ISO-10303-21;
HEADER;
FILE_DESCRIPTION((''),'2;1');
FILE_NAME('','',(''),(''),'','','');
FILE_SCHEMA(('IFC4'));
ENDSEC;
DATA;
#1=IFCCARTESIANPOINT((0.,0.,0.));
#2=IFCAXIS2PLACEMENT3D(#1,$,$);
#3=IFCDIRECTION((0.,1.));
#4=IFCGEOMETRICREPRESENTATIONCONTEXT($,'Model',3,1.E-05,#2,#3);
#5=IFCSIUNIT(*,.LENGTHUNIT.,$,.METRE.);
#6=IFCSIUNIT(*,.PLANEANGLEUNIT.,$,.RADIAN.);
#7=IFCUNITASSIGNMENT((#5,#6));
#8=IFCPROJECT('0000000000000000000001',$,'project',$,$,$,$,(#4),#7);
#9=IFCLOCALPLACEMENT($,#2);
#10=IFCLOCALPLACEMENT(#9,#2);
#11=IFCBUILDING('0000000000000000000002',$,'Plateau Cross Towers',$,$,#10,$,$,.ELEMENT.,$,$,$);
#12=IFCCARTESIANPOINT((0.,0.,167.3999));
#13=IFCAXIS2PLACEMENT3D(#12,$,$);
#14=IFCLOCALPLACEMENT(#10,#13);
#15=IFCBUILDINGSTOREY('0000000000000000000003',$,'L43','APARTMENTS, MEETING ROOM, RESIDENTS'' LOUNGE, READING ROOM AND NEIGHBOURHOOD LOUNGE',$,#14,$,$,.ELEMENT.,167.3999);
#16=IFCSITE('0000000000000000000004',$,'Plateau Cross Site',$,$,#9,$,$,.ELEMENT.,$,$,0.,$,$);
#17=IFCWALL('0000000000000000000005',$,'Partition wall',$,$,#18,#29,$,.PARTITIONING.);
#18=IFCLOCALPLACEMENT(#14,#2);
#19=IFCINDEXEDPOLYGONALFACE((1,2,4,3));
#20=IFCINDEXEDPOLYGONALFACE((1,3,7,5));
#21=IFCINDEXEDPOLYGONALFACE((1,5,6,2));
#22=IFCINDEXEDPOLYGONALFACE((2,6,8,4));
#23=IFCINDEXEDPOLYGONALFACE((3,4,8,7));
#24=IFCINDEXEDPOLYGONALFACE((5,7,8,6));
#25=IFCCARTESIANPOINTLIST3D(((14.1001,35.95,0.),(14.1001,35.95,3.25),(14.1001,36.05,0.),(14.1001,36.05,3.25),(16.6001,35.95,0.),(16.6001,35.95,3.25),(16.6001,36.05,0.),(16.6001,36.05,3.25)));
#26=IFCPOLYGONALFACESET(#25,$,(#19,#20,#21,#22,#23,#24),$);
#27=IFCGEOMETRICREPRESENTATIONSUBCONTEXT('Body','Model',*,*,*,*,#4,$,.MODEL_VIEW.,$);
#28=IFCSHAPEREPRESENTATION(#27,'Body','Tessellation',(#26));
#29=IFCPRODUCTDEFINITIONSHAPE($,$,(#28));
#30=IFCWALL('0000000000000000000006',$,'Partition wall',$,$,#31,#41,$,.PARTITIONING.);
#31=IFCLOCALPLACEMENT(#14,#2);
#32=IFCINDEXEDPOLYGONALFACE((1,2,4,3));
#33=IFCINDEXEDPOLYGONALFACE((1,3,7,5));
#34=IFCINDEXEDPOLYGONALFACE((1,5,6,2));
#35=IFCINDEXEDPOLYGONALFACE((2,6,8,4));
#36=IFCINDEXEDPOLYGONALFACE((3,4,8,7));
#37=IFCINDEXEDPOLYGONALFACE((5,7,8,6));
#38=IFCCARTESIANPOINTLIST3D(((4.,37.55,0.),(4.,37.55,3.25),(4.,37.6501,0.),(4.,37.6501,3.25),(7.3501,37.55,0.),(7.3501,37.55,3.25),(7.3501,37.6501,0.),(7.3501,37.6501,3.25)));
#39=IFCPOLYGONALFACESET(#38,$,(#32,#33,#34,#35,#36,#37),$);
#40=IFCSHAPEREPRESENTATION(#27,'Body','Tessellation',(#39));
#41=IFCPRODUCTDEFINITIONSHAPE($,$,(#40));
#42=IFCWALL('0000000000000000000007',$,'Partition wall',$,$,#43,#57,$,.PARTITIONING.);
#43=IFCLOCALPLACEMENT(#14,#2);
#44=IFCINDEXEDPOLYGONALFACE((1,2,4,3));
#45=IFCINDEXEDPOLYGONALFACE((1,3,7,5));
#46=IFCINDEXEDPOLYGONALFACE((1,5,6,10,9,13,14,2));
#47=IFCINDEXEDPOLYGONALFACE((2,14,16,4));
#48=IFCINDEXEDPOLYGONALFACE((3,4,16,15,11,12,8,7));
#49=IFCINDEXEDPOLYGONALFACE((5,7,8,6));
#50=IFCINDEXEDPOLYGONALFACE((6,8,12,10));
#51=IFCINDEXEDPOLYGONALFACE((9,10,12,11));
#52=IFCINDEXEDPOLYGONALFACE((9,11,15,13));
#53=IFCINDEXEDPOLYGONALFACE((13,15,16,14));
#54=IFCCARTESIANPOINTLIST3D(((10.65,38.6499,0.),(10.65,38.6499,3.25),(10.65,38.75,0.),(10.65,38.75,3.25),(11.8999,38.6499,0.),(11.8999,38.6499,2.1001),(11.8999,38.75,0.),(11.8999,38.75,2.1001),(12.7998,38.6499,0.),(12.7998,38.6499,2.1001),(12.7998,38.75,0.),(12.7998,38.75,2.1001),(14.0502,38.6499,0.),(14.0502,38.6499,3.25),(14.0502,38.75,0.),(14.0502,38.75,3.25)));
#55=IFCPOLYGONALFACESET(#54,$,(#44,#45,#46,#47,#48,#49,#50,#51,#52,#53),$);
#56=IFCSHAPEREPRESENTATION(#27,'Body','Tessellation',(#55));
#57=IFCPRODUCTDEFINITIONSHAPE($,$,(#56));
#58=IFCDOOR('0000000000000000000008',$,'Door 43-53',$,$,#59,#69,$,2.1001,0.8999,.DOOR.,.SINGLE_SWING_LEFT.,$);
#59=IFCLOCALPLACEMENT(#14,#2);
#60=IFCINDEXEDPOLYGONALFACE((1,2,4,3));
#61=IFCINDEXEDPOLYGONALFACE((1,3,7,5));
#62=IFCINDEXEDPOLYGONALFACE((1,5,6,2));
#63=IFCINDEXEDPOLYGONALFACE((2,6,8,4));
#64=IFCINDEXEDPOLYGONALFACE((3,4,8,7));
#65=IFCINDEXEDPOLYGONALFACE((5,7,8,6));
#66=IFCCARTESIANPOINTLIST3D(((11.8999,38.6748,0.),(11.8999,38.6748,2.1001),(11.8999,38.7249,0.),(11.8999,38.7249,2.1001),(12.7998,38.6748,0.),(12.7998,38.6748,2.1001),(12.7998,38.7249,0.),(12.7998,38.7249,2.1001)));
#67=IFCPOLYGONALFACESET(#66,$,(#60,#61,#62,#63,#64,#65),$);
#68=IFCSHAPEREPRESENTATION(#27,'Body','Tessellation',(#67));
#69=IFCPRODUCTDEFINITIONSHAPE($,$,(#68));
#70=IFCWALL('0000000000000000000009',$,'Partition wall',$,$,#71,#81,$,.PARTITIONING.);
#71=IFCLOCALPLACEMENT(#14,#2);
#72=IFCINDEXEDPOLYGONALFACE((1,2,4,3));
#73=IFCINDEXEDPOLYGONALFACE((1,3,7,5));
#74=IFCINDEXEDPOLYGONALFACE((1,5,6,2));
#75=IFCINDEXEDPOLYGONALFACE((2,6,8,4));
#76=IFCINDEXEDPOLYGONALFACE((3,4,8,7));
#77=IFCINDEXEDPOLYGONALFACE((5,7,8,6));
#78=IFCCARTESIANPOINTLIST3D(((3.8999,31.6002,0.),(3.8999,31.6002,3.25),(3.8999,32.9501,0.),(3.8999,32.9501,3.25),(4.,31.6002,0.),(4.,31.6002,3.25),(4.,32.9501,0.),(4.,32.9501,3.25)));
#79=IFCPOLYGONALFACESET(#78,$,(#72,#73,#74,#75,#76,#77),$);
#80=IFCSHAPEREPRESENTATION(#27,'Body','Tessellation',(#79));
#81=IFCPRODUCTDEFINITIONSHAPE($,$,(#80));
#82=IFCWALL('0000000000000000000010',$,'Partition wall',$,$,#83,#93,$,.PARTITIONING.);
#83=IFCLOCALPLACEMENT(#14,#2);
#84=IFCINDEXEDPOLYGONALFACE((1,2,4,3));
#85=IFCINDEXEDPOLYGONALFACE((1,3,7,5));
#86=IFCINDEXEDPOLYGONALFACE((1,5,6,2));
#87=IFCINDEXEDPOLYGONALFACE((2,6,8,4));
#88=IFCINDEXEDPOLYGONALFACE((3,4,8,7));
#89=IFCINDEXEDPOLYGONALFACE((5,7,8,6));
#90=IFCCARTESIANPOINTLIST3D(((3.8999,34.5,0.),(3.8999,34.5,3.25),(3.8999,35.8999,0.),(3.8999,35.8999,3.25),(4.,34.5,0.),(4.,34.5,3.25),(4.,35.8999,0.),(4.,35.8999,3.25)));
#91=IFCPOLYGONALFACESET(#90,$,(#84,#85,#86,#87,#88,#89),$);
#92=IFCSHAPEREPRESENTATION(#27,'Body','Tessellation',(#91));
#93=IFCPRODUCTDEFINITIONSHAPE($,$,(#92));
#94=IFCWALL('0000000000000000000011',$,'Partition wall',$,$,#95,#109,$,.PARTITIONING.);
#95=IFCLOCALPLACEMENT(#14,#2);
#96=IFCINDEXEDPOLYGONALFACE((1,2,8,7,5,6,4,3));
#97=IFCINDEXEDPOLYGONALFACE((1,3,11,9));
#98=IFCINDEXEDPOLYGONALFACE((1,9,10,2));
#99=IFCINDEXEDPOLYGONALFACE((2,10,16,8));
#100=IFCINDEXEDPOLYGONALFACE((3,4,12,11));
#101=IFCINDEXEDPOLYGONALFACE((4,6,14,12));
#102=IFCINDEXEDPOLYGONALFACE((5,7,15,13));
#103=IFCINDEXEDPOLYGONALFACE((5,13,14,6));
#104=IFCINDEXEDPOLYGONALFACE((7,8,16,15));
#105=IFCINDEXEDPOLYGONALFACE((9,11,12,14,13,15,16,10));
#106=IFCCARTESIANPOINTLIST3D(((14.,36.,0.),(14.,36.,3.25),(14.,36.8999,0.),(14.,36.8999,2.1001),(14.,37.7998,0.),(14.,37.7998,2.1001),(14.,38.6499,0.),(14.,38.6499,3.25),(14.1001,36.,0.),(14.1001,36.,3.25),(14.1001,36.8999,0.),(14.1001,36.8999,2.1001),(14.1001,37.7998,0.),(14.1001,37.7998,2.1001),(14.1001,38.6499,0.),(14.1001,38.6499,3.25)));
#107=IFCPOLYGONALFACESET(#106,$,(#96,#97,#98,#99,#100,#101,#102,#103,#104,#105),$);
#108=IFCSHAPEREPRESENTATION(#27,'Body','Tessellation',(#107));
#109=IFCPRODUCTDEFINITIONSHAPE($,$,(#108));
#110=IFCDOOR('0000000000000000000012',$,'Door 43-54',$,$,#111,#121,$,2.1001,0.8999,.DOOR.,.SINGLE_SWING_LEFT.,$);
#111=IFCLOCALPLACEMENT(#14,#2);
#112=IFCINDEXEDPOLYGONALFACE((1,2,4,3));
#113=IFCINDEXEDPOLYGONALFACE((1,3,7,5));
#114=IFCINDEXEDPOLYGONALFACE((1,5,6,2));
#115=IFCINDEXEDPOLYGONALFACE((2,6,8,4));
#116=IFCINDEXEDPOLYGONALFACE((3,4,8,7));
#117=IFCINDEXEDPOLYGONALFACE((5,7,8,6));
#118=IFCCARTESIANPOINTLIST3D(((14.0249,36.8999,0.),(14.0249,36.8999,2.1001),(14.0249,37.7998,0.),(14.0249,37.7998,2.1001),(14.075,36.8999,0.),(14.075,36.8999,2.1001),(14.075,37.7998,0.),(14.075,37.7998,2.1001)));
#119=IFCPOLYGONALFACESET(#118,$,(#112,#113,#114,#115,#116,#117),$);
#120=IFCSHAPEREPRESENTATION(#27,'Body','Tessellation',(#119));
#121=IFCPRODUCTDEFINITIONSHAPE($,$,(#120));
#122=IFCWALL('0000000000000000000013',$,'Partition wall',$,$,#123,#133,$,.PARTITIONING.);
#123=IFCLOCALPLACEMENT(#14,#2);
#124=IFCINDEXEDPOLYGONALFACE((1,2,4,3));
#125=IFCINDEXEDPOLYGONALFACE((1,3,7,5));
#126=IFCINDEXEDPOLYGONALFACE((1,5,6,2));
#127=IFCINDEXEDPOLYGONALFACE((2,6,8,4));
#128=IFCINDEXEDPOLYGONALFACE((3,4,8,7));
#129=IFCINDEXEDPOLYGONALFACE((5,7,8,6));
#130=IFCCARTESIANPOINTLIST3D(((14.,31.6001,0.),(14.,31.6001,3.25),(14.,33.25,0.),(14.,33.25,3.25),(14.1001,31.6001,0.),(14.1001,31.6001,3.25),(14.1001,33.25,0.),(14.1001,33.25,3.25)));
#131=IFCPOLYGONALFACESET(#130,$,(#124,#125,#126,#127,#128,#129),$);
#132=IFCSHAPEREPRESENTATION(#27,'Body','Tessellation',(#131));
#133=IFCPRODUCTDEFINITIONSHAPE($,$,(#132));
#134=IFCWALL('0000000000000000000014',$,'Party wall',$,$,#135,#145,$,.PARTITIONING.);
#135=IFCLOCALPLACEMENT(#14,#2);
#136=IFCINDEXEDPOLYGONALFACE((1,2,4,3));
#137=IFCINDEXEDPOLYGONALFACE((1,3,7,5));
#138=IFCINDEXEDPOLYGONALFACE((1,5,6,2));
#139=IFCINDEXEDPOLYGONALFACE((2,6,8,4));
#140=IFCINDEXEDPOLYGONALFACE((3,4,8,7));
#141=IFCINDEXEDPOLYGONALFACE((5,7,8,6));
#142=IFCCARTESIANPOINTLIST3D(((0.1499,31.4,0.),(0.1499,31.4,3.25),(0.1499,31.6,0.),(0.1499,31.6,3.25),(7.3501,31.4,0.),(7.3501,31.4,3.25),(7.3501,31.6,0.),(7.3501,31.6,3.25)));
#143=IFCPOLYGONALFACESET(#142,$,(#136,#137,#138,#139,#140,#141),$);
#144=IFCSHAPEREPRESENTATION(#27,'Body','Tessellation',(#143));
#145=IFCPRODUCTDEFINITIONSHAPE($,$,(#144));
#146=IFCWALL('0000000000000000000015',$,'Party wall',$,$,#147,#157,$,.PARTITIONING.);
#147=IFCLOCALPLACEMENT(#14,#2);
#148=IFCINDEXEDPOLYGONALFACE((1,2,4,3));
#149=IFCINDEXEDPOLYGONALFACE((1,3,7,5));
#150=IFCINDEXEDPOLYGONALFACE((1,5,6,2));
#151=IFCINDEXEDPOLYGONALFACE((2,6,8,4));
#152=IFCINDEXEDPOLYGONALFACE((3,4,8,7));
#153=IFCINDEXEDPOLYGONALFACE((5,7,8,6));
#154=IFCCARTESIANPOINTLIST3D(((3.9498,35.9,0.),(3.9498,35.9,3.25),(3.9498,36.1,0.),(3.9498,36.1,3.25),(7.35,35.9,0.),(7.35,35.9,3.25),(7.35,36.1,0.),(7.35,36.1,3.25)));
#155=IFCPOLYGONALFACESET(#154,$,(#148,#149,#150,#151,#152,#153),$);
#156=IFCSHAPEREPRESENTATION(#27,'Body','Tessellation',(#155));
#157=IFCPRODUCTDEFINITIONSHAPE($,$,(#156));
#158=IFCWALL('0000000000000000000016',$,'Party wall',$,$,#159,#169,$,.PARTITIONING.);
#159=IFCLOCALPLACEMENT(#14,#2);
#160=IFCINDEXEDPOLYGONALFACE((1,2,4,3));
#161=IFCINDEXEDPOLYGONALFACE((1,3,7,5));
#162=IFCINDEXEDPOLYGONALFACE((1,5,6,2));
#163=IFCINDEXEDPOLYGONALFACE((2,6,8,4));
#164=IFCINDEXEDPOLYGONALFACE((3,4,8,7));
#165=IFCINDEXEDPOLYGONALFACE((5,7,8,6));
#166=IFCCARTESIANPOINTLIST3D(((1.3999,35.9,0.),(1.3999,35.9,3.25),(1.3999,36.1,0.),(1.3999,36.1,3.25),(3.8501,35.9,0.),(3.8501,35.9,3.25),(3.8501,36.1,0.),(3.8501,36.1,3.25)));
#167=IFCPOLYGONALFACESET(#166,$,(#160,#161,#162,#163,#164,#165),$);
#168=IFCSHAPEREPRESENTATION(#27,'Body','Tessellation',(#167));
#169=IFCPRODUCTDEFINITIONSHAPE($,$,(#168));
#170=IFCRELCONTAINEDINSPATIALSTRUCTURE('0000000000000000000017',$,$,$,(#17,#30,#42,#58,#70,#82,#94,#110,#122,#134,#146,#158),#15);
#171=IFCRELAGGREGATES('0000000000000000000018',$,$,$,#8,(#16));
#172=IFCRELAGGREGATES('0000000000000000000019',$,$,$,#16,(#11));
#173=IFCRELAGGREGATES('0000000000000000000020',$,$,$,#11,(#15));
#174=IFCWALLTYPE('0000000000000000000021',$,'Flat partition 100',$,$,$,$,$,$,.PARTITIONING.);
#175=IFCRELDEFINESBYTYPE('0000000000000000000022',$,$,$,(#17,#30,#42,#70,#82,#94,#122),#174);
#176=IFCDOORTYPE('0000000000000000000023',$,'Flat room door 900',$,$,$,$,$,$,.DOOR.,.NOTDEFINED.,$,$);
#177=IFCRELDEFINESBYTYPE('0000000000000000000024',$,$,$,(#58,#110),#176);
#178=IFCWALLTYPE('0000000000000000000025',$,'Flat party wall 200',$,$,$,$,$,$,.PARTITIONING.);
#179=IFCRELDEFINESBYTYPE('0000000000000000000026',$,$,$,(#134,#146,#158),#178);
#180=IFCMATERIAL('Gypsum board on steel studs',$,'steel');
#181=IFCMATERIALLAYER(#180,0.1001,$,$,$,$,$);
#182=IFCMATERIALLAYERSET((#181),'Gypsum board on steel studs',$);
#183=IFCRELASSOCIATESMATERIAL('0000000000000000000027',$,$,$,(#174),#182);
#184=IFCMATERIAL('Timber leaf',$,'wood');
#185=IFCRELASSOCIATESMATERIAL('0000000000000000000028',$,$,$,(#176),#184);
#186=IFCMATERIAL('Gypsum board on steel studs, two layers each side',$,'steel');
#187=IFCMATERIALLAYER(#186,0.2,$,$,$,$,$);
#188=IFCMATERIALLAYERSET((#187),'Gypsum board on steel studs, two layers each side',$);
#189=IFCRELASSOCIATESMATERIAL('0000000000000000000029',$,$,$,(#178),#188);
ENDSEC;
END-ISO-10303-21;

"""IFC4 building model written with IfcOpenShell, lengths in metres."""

from ifc_helpers import new_model, si_unit, direction, frame, frame_2d, origin, place, context, subcontext, project, spatial, rectangle, extrude, material, layer, layer_set, type_object, element, fill, save


model = new_model("IFC4")

# Units and contexts
model_context = context("Model", 3, precision=1e-05, world=origin(), true_north=direction((0.0, 1.0)))
body_context = subcontext(model_context, "Body", "Model", "MODEL_VIEW")
ifc_project = project(units=[si_unit("LENGTHUNIT", "METRE"), si_unit("PLANEANGLEUNIT", "RADIAN")], contexts=[model_context])

# Site, building, storey
site_placement = place(None, origin())
site = spatial("IfcSite", under=ifc_project, at=site_placement, Name="Plateau Cross Site", CompositionType="ELEMENT", RefElevation=0.0)
building_placement = place(site_placement, origin())
building = spatial("IfcBuilding", under=site, at=building_placement, Name="Plateau Cross Towers", CompositionType="ELEMENT")
storey_placement = place(building_placement, frame((0.0, 0.0, 167.3999)))
storey = spatial("IfcBuildingStorey", under=building, at=storey_placement, Name="L43", Description="APARTMENTS, MEETING ROOM, RESIDENTS' LOUNGE, READING ROOM AND NEIGHBOURHOOD LOUNGE", CompositionType="ELEMENT", Elevation=167.3999)

# Shared definitions
ifc_material_1 = material(Name="Gypsum board on steel studs", Category="steel")
ifc_layer_1 = layer(ifc_material_1, 0.1001)
ifc_layer_set_1 = layer_set([ifc_layer_1], Name="Gypsum board on steel studs")
wall_type_1 = type_object("IfcWallType", Name="Flat partition 100", PredefinedType="PARTITIONING", material=ifc_layer_set_1)
ifc_material_2 = material(Name="Timber leaf", Category="wood")
door_type_1 = type_object("IfcDoorType", Name="Flat room door 900", OperationType="NOTDEFINED", PredefinedType="DOOR", material=ifc_material_2)

# Walls
wall_1_placement = place(storey_placement, frame((14.1001, 36.0, 0.0), z_axis=(0.0, 0.0, 1.0), x_axis=(1.0, 0.0, 0.0)))
element("IfcWall", 1, at=wall_1_placement, inside=storey, type_object=wall_type_1, Name="Partition wall", PredefinedType="PARTITIONING", context=body_context, shape_type="SweptSolid", body=[
    extrude(rectangle(XDim=2.5, YDim=0.1001, at=frame_2d((1.25, 0.0))), origin(), (0.0, 0.0, 1.0), 3.25),
])
wall_2_placement = place(storey_placement, frame((7.3501, 37.6001, 0.0), z_axis=(0.0, 0.0, 1.0), x_axis=(-1.0, 0.0, 0.0)))
element("IfcWall", 2, at=wall_2_placement, inside=storey, type_object=wall_type_1, Name="Partition wall", PredefinedType="PARTITIONING", context=body_context, shape_type="SweptSolid", body=[
    extrude(rectangle(XDim=3.3501, YDim=0.1001, at=frame_2d((1.675, 0.0))), origin(), (0.0, 0.0, 1.0), 3.25),
])

# Wall, opening, door
wall_3_placement = place(storey_placement, frame((10.6499, 38.7, 0.0), z_axis=(0.0, 0.0, 1.0), x_axis=(1.0, 0.0, 0.0)))
wall_3 = element("IfcWall", 3, at=wall_3_placement, inside=storey, type_object=wall_type_1, Name="Partition wall", PredefinedType="PARTITIONING", context=body_context, shape_type="SweptSolid", body=[
    extrude(rectangle(XDim=3.4001, YDim=0.1001, at=frame_2d((1.7002, 0.0))), origin(), (0.0, 0.0, 1.0), 3.25),
])
opening_1_placement = place(wall_3_placement, frame((1.25, 0.0, 0.0)))
opening_1 = element("IfcOpeningElement", 4, at=opening_1_placement, cuts=wall_3, PredefinedType="OPENING", context=body_context, shape_type="SweptSolid", body=[
    extrude(rectangle(XDim=0.8999, YDim=2.1001, at=frame_2d((0.45, 1.05))), frame((0.0, 0.0601, 0.0), z_axis=(0.0, -1.0, 0.0), x_axis=(1.0, 0.0, 0.0)), (0.0, 0.0, 1.0), 0.1201),
])
door_1_placement = place(opening_1_placement, origin())
door_1 = element("IfcDoor", 5, at=door_1_placement, inside=storey, type_object=door_type_1, Name="Door 43-53", OperationType="SINGLE_SWING_LEFT", OverallHeight=2.1001, OverallWidth=0.8999, PredefinedType="DOOR", context=body_context, shape_type="SweptSolid", body=[
    extrude(rectangle(XDim=0.8999, YDim=2.1001, at=frame_2d((0.45, 1.05))), frame((0.0, 0.0249, 0.0), z_axis=(0.0, -1.0, 0.0), x_axis=(1.0, 0.0, 0.0)), (0.0, 0.0, 1.0), 0.05),
])
fill(opening_1, door_1)

# Walls
wall_4_placement = place(storey_placement, frame((3.95, 32.95, 0.0), z_axis=(0.0, 0.0, 1.0), x_axis=(0.0, -1.0, 0.0)))
element("IfcWall", 6, at=wall_4_placement, inside=storey, type_object=wall_type_1, Name="Partition wall", PredefinedType="PARTITIONING", context=body_context, shape_type="SweptSolid", body=[
    extrude(rectangle(XDim=1.3499, YDim=0.1001, at=frame_2d((0.6748, 0.0))), origin(), (0.0, 0.0, 1.0), 3.25),
])
wall_5_placement = place(storey_placement, frame((3.95, 35.8999, 0.0), z_axis=(0.0, 0.0, 1.0), x_axis=(0.0, -1.0, 0.0)))
element("IfcWall", 7, at=wall_5_placement, inside=storey, type_object=wall_type_1, Name="Partition wall", PredefinedType="PARTITIONING", context=body_context, shape_type="SweptSolid", body=[
    extrude(rectangle(XDim=1.3999, YDim=0.1001, at=frame_2d((0.7, 0.0))), origin(), (0.0, 0.0, 1.0), 3.25),
])

# Wall, opening, door
wall_6_placement = place(storey_placement, frame((14.05, 38.6499, 0.0), z_axis=(0.0, 0.0, 1.0), x_axis=(0.0, -1.0, 0.0)))
wall_6 = element("IfcWall", 8, at=wall_6_placement, inside=storey, type_object=wall_type_1, Name="Partition wall", PredefinedType="PARTITIONING", context=body_context, shape_type="SweptSolid", body=[
    extrude(rectangle(XDim=2.6499, YDim=0.1001, at=frame_2d((1.325, 0.0))), origin(), (0.0, 0.0, 1.0), 3.25),
])
opening_2_placement = place(wall_6_placement, frame((0.8501, 0.0, 0.0)))
opening_2 = element("IfcOpeningElement", 9, at=opening_2_placement, cuts=wall_6, PredefinedType="OPENING", context=body_context, shape_type="SweptSolid", body=[
    extrude(rectangle(XDim=0.8999, YDim=2.1001, at=frame_2d((0.45, 1.05))), frame((0.0, 0.0601, 0.0), z_axis=(0.0, -1.0, 0.0), x_axis=(1.0, 0.0, 0.0)), (0.0, 0.0, 1.0), 0.1201),
])
door_2_placement = place(opening_2_placement, origin())
door_2 = element("IfcDoor", 10, at=door_2_placement, inside=storey, type_object=door_type_1, Name="Door 43-54", OperationType="SINGLE_SWING_LEFT", OverallHeight=2.1001, OverallWidth=0.8999, PredefinedType="DOOR", context=body_context, shape_type="SweptSolid", body=[
    extrude(rectangle(XDim=0.8999, YDim=2.1001, at=frame_2d((0.45, 1.05))), frame((0.0, 0.0249, 0.0), z_axis=(0.0, -1.0, 0.0), x_axis=(1.0, 0.0, 0.0)), (0.0, 0.0, 1.0), 0.05),
])
fill(opening_2, door_2)

# Walls
wall_7_placement = place(storey_placement, frame((14.05, 31.6001, 0.0), z_axis=(0.0, 0.0, 1.0), x_axis=(0.0, 1.0, 0.0)))
element("IfcWall", 11, at=wall_7_placement, inside=storey, type_object=wall_type_1, Name="Partition wall", PredefinedType="PARTITIONING", context=body_context, shape_type="SweptSolid", body=[
    extrude(rectangle(XDim=1.6499, YDim=0.1001, at=frame_2d((0.825, 0.0))), origin(), (0.0, 0.0, 1.0), 3.25),
])
ifc_material_3 = material(Name="Gypsum board on steel studs, two layers each side", Category="steel")
ifc_layer_2 = layer(ifc_material_3, 0.2)
ifc_layer_set_2 = layer_set([ifc_layer_2], Name="Gypsum board on steel studs, two layers each side")
wall_type_2 = type_object("IfcWallType", Name="Flat party wall 200", PredefinedType="PARTITIONING", material=ifc_layer_set_2)
wall_8_placement = place(storey_placement, frame((7.3501, 31.5, 0.0), z_axis=(0.0, 0.0, 1.0), x_axis=(-1.0, 0.0, 0.0)))
element("IfcWall", 12, at=wall_8_placement, inside=storey, type_object=wall_type_2, Name="Party wall", PredefinedType="PARTITIONING", context=body_context, shape_type="SweptSolid", body=[
    extrude(rectangle(XDim=7.2002, YDim=0.2, at=frame_2d((3.6001, 0.0))), origin(), (0.0, 0.0, 1.0), 3.25),
])
wall_9_placement = place(storey_placement, frame((7.3501, 36.0, 0.0), z_axis=(0.0, 0.0, 1.0), x_axis=(-1.0, 0.0, 0.0)))
element("IfcWall", 13, at=wall_9_placement, inside=storey, type_object=wall_type_2, Name="Party wall", PredefinedType="PARTITIONING", context=body_context, shape_type="SweptSolid", body=[
    extrude(rectangle(XDim=3.4001, YDim=0.2, at=frame_2d((1.7002, 0.0))), origin(), (0.0, 0.0, 1.0), 3.25),
])
wall_10_placement = place(storey_placement, frame((1.3999, 36.0, 0.0), z_axis=(0.0, 0.0, 1.0), x_axis=(1.0, 0.0, 0.0)))
element("IfcWall", 14, at=wall_10_placement, inside=storey, type_object=wall_type_2, Name="Party wall", PredefinedType="PARTITIONING", context=body_context, shape_type="SweptSolid", body=[
    extrude(rectangle(XDim=2.4502, YDim=0.2, at=frame_2d((1.2251, 0.0))), origin(), (0.0, 0.0, 1.0), 3.25),
])

save(model, "model.ifc")
